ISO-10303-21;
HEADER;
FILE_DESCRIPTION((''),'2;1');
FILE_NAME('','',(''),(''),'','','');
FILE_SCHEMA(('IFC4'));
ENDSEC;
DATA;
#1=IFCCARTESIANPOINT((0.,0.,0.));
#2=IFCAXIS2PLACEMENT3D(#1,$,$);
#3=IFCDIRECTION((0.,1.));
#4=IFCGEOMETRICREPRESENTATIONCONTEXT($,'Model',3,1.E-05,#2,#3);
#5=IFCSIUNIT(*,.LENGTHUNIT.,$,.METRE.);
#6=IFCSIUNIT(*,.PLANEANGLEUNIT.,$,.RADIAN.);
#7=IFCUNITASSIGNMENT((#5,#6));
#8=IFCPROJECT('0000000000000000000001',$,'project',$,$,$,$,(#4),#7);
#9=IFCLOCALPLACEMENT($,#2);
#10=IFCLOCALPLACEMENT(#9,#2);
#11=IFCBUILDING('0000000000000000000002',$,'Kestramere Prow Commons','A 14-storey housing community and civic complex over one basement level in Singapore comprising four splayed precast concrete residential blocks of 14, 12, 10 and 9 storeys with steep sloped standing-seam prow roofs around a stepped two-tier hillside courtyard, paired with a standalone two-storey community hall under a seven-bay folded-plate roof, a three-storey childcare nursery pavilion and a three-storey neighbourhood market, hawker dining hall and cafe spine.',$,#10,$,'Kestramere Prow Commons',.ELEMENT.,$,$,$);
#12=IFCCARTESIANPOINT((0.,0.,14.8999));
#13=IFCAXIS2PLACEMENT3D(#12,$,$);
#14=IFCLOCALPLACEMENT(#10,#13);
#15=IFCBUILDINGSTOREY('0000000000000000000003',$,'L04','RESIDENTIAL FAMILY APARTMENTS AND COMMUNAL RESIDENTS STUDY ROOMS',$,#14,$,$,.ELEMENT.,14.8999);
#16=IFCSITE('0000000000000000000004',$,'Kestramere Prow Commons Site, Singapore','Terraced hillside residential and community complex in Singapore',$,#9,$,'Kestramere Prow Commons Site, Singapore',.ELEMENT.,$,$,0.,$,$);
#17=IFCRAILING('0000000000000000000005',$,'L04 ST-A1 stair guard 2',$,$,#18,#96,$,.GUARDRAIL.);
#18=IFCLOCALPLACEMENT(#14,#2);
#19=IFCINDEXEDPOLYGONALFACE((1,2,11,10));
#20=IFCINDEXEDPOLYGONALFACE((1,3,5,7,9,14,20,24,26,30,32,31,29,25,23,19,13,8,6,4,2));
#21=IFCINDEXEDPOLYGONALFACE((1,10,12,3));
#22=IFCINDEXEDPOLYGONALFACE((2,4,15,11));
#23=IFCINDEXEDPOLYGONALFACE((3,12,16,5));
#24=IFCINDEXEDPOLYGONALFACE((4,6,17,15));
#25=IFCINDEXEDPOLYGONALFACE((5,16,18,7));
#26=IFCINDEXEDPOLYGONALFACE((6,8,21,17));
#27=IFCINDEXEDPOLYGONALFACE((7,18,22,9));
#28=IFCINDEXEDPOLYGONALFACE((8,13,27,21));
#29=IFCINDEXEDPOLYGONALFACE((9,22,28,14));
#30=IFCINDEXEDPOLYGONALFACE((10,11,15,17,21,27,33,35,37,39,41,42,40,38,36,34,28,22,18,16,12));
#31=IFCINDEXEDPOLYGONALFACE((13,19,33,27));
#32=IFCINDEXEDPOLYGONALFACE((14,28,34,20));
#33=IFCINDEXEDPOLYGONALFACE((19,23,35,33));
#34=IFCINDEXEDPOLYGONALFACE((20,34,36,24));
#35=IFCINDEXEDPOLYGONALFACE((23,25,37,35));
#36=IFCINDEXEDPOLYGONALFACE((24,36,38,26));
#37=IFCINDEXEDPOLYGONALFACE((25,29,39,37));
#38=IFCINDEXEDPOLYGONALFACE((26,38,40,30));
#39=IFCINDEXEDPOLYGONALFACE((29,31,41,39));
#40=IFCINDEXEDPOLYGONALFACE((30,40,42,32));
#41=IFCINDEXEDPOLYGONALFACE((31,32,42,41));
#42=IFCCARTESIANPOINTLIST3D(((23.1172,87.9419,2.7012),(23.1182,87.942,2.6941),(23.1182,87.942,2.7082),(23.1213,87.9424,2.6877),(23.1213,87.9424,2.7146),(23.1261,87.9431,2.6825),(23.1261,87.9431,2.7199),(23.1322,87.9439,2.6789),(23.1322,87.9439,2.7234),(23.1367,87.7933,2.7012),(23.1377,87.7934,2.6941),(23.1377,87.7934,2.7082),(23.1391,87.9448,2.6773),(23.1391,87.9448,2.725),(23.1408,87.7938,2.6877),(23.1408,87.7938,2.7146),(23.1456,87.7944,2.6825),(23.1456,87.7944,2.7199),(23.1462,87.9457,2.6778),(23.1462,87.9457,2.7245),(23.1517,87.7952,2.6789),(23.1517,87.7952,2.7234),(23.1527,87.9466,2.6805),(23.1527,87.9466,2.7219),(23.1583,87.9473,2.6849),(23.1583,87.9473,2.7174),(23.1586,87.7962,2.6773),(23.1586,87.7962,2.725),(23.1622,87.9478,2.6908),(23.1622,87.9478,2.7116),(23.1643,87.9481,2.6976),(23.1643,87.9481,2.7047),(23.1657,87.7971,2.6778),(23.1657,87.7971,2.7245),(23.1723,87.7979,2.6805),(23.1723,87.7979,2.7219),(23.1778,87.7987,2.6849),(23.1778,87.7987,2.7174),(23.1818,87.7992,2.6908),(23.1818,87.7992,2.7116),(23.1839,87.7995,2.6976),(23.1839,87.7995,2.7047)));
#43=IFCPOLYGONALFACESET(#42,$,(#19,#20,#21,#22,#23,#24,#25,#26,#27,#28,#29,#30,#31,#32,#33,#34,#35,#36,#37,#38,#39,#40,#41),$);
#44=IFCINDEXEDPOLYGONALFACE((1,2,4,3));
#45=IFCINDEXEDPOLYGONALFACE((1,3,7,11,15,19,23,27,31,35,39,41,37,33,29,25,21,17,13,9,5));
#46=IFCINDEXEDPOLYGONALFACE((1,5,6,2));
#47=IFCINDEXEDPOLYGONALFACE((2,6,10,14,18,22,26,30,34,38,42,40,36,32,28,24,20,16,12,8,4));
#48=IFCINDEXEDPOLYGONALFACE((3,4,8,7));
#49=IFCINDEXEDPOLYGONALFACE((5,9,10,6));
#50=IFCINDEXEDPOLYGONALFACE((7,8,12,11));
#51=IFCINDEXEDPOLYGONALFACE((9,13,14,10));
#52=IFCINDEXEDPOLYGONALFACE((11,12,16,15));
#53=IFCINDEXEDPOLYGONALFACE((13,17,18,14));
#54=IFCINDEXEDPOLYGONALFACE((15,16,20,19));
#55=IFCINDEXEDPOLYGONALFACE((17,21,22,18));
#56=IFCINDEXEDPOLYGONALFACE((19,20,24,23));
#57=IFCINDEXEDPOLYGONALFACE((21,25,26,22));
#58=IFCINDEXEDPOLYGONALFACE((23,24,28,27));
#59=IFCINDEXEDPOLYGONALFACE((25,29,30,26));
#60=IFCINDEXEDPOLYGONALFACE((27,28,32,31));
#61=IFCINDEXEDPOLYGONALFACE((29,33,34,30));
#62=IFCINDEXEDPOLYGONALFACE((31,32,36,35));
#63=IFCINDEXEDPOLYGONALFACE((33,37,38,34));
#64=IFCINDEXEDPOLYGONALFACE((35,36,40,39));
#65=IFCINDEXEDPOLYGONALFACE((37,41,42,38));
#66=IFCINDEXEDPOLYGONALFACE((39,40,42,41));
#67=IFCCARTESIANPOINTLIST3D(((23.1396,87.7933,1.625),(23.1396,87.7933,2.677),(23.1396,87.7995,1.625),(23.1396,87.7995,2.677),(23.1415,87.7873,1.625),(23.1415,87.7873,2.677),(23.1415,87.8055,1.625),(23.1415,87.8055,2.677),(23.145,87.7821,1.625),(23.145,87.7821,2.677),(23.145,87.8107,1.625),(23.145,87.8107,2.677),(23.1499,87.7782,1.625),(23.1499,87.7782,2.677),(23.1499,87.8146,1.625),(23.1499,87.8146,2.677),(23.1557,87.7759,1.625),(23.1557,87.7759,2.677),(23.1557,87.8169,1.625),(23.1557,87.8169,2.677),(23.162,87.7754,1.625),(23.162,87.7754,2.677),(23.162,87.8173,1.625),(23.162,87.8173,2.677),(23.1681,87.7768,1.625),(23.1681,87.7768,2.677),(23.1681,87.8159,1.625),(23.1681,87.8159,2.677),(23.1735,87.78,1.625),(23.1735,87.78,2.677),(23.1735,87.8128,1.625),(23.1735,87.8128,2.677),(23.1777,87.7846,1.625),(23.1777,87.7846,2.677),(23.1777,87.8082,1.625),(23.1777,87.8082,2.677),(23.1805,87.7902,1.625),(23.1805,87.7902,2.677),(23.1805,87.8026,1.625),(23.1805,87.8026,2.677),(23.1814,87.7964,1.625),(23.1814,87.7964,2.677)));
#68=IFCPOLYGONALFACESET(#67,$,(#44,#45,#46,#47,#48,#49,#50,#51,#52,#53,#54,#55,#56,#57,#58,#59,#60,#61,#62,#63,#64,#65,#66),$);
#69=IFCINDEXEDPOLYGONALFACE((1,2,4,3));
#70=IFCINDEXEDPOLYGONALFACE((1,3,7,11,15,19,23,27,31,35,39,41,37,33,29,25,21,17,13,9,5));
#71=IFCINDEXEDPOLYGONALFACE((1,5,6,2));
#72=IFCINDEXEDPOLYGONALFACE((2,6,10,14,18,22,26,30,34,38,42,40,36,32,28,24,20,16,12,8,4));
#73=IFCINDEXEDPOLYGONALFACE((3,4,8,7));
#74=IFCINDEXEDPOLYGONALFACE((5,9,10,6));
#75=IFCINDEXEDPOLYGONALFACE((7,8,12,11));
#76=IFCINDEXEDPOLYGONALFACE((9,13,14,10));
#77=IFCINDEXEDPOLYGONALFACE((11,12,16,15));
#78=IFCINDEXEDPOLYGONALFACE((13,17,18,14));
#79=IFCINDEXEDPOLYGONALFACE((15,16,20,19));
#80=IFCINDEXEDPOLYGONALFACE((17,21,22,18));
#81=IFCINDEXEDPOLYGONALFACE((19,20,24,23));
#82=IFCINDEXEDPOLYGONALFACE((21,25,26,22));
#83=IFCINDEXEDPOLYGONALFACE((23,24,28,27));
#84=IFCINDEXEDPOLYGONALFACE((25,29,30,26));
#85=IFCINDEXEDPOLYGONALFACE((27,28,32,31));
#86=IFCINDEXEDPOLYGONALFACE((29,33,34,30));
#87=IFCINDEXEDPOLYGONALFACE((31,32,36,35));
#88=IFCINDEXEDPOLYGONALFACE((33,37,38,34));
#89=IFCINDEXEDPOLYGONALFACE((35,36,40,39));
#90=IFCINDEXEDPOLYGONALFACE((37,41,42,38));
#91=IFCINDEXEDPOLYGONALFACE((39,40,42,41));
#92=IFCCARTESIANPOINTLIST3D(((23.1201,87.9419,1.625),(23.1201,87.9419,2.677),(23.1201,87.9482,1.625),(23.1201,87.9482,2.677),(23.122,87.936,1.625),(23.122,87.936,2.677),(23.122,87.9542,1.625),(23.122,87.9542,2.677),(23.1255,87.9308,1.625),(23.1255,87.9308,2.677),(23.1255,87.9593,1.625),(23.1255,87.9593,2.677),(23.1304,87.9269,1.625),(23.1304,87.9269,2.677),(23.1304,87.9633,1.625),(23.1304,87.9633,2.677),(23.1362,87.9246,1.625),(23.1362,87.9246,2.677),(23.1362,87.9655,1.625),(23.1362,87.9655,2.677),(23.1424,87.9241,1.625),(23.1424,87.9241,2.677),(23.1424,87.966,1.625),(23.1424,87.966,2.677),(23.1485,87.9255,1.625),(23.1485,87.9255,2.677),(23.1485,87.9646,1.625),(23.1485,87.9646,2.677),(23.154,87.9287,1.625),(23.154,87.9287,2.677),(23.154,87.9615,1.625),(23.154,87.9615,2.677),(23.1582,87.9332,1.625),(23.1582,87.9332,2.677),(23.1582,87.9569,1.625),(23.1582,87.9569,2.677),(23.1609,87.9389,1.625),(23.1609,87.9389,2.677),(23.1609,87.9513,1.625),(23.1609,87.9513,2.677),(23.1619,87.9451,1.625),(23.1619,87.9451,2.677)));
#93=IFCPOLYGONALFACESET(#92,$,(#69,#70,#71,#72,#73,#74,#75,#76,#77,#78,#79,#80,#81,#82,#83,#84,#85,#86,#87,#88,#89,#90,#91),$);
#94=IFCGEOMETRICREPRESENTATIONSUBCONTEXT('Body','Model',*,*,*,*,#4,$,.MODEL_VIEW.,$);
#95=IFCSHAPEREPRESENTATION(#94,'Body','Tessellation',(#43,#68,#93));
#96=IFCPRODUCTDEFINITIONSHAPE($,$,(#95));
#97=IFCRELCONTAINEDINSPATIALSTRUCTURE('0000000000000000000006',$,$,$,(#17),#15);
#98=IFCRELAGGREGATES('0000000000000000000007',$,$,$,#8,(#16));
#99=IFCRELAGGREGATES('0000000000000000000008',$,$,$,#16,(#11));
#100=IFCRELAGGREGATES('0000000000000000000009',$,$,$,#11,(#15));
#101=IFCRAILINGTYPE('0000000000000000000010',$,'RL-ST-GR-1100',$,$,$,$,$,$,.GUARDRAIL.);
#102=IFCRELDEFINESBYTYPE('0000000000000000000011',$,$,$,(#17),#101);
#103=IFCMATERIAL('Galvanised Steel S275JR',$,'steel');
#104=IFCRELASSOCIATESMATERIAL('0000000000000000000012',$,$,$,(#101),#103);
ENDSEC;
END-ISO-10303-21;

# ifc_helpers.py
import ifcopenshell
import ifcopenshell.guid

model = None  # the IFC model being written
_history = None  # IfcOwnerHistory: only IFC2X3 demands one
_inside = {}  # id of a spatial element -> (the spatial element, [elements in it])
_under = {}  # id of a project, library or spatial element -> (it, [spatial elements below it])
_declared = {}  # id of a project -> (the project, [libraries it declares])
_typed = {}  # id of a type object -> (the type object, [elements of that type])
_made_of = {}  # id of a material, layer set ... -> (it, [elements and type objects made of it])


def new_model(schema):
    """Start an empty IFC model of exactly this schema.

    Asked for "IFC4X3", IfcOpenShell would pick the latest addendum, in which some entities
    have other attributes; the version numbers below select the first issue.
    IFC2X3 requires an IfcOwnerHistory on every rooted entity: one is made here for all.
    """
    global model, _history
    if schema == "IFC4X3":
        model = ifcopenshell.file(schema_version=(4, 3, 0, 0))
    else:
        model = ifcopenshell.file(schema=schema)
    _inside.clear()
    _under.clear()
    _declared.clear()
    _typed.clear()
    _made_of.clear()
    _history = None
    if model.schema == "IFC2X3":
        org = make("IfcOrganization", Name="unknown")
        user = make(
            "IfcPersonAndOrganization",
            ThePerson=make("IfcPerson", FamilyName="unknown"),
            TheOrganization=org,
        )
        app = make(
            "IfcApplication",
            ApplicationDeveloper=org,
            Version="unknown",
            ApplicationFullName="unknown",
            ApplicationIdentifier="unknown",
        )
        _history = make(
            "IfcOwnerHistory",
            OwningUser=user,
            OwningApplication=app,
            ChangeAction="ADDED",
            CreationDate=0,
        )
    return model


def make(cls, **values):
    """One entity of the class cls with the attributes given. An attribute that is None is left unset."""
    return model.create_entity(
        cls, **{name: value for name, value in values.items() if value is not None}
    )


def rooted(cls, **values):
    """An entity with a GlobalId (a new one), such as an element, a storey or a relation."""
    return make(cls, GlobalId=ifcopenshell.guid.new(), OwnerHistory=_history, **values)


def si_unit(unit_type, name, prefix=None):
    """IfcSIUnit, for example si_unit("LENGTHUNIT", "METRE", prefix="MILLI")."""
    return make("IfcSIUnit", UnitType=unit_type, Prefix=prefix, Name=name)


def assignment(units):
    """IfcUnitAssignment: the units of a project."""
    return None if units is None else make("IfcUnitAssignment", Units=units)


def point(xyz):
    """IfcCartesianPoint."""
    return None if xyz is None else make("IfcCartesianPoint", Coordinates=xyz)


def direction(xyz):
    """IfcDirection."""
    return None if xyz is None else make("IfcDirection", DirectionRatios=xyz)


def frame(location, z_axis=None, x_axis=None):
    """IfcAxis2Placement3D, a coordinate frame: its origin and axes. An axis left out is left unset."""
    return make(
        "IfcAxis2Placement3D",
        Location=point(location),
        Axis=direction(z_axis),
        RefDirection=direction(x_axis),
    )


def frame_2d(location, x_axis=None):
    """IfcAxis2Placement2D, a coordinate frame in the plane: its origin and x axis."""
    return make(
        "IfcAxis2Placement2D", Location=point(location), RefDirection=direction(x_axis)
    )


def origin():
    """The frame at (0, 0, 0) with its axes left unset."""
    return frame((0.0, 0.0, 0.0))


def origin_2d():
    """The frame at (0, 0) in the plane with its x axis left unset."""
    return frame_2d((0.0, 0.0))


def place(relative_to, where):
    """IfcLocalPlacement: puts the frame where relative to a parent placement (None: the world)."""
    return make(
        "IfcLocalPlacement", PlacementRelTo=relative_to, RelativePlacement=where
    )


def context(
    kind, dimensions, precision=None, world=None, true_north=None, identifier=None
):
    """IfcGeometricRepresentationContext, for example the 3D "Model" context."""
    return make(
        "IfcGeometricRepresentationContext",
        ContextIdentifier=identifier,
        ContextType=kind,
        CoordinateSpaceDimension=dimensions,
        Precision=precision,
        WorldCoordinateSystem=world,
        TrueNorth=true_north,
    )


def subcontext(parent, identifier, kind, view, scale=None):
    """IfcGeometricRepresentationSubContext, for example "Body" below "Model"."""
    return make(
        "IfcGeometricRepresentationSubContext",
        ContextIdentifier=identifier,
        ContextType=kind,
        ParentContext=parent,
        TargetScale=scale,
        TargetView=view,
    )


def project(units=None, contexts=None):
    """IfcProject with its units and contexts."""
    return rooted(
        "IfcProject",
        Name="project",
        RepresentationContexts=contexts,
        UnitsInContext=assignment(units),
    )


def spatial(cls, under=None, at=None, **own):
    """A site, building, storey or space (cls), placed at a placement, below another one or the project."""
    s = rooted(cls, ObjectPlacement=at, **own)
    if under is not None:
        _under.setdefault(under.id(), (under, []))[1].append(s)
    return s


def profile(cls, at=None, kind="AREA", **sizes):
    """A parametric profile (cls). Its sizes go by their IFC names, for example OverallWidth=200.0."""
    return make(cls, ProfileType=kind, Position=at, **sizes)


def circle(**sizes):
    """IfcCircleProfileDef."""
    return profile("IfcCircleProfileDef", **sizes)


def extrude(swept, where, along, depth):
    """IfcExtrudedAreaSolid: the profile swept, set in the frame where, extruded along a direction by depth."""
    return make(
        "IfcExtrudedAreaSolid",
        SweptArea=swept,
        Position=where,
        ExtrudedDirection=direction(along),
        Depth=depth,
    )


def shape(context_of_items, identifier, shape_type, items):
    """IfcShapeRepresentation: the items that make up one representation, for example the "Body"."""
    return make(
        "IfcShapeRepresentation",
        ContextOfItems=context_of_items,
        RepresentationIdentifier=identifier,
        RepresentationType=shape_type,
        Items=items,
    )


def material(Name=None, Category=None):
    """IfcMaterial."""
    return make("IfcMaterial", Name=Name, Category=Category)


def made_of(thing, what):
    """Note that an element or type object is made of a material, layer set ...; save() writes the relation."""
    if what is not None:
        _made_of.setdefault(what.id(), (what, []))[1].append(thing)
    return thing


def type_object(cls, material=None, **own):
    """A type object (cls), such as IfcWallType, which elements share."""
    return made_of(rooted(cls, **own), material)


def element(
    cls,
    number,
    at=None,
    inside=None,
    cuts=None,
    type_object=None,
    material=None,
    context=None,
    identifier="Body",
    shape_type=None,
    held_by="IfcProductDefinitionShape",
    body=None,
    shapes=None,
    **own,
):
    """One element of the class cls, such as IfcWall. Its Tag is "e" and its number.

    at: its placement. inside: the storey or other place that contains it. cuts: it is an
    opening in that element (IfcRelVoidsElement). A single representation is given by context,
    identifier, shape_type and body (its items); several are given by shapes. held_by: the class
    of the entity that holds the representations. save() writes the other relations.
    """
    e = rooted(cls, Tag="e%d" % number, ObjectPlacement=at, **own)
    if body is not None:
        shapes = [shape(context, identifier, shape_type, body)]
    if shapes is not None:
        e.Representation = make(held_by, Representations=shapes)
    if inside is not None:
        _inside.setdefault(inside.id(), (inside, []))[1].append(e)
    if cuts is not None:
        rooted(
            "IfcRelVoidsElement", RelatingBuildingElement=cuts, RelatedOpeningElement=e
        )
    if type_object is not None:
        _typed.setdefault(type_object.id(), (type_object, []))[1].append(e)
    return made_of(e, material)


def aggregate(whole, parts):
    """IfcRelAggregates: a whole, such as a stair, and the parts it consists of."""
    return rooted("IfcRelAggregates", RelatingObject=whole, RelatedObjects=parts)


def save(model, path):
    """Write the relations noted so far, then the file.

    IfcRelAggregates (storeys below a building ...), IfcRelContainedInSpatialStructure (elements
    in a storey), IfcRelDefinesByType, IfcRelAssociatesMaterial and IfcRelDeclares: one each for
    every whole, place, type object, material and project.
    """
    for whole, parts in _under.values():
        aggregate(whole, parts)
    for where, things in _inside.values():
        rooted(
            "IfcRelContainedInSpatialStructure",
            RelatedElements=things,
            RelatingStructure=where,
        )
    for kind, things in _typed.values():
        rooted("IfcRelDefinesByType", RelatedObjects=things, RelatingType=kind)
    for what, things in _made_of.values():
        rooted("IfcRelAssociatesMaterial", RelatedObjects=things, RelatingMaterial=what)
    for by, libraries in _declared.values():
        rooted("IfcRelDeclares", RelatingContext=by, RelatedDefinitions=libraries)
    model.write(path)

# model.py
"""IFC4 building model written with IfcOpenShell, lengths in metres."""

from ifc_helpers import new_model, si_unit, direction, frame, origin, origin_2d, place, context, subcontext, project, spatial, circle, extrude, material, type_object, element, save


model = new_model("IFC4")

# Units and contexts
model_context = context("Model", 3, precision=1e-05, world=origin(), true_north=direction((0.0, 1.0)))
body_context = subcontext(model_context, "Body", "Model", "MODEL_VIEW")
ifc_project = project(units=[si_unit("LENGTHUNIT", "METRE"), si_unit("PLANEANGLEUNIT", "RADIAN")], contexts=[model_context])

# Site, building, storey
site_placement = place(None, origin())
site = spatial("IfcSite", under=ifc_project, at=site_placement, Name="Kestramere Prow Commons Site, Singapore", Description="Terraced hillside residential and community complex in Singapore", LongName="Kestramere Prow Commons Site, Singapore", CompositionType="ELEMENT", RefElevation=0.0)
building_placement = place(site_placement, origin())
building = spatial("IfcBuilding", under=site, at=building_placement, Name="Kestramere Prow Commons", Description="A 14-storey housing community and civic complex over one basement level in Singapore comprising four splayed precast concrete residential blocks of 14, 12, 10 and 9 storeys with steep sloped standing-seam prow roofs around a stepped two-tier hillside courtyard, paired with a standalone two-storey community hall under a seven-bay folded-plate roof, a three-storey childcare nursery pavilion and a three-storey neighbourhood market, hawker dining hall and cafe spine.", LongName="Kestramere Prow Commons", CompositionType="ELEMENT")
storey_placement = place(building_placement, frame((0.0, 0.0, 14.8999)))
storey = spatial("IfcBuildingStorey", under=building, at=storey_placement, Name="L04", Description="RESIDENTIAL FAMILY APARTMENTS AND COMMUNAL RESIDENTS STUDY ROOMS", CompositionType="ELEMENT", Elevation=14.8999)

# Railing
ifc_material_1 = material(Name="Galvanised Steel S275JR", Category="steel")
railing_type_1 = type_object("IfcRailingType", Name="RL-ST-GR-1100", PredefinedType="GUARDRAIL", material=ifc_material_1)
railing_1_placement = place(storey_placement, frame((23.1604, 87.7964, 1.625)))
element("IfcRailing", 1, at=railing_1_placement, inside=storey, type_object=railing_type_1, Name="L04 ST-A1 stair guard 2", PredefinedType="GUARDRAIL", context=body_context, shape_type="SweptSolid", body=[
    extrude(circle(Radius=0.0239, at=origin_2d()), frame((0.0, 0.0, 1.0762), z_axis=(-0.130244, 0.991482, 0.0), x_axis=(-0.991482, -0.130244, 0.0)), (0.0, 0.0, 1.0), 0.1499),
    extrude(circle(Radius=0.021, at=origin_2d()), origin(), (0.0, 0.0, 1.0), 1.052),
    extrude(circle(Radius=0.021, at=origin_2d()), frame((-0.0195, 0.1487, 0.0)), (0.0, 0.0, 1.0), 1.052),
])

save(model, "model.ifc")
